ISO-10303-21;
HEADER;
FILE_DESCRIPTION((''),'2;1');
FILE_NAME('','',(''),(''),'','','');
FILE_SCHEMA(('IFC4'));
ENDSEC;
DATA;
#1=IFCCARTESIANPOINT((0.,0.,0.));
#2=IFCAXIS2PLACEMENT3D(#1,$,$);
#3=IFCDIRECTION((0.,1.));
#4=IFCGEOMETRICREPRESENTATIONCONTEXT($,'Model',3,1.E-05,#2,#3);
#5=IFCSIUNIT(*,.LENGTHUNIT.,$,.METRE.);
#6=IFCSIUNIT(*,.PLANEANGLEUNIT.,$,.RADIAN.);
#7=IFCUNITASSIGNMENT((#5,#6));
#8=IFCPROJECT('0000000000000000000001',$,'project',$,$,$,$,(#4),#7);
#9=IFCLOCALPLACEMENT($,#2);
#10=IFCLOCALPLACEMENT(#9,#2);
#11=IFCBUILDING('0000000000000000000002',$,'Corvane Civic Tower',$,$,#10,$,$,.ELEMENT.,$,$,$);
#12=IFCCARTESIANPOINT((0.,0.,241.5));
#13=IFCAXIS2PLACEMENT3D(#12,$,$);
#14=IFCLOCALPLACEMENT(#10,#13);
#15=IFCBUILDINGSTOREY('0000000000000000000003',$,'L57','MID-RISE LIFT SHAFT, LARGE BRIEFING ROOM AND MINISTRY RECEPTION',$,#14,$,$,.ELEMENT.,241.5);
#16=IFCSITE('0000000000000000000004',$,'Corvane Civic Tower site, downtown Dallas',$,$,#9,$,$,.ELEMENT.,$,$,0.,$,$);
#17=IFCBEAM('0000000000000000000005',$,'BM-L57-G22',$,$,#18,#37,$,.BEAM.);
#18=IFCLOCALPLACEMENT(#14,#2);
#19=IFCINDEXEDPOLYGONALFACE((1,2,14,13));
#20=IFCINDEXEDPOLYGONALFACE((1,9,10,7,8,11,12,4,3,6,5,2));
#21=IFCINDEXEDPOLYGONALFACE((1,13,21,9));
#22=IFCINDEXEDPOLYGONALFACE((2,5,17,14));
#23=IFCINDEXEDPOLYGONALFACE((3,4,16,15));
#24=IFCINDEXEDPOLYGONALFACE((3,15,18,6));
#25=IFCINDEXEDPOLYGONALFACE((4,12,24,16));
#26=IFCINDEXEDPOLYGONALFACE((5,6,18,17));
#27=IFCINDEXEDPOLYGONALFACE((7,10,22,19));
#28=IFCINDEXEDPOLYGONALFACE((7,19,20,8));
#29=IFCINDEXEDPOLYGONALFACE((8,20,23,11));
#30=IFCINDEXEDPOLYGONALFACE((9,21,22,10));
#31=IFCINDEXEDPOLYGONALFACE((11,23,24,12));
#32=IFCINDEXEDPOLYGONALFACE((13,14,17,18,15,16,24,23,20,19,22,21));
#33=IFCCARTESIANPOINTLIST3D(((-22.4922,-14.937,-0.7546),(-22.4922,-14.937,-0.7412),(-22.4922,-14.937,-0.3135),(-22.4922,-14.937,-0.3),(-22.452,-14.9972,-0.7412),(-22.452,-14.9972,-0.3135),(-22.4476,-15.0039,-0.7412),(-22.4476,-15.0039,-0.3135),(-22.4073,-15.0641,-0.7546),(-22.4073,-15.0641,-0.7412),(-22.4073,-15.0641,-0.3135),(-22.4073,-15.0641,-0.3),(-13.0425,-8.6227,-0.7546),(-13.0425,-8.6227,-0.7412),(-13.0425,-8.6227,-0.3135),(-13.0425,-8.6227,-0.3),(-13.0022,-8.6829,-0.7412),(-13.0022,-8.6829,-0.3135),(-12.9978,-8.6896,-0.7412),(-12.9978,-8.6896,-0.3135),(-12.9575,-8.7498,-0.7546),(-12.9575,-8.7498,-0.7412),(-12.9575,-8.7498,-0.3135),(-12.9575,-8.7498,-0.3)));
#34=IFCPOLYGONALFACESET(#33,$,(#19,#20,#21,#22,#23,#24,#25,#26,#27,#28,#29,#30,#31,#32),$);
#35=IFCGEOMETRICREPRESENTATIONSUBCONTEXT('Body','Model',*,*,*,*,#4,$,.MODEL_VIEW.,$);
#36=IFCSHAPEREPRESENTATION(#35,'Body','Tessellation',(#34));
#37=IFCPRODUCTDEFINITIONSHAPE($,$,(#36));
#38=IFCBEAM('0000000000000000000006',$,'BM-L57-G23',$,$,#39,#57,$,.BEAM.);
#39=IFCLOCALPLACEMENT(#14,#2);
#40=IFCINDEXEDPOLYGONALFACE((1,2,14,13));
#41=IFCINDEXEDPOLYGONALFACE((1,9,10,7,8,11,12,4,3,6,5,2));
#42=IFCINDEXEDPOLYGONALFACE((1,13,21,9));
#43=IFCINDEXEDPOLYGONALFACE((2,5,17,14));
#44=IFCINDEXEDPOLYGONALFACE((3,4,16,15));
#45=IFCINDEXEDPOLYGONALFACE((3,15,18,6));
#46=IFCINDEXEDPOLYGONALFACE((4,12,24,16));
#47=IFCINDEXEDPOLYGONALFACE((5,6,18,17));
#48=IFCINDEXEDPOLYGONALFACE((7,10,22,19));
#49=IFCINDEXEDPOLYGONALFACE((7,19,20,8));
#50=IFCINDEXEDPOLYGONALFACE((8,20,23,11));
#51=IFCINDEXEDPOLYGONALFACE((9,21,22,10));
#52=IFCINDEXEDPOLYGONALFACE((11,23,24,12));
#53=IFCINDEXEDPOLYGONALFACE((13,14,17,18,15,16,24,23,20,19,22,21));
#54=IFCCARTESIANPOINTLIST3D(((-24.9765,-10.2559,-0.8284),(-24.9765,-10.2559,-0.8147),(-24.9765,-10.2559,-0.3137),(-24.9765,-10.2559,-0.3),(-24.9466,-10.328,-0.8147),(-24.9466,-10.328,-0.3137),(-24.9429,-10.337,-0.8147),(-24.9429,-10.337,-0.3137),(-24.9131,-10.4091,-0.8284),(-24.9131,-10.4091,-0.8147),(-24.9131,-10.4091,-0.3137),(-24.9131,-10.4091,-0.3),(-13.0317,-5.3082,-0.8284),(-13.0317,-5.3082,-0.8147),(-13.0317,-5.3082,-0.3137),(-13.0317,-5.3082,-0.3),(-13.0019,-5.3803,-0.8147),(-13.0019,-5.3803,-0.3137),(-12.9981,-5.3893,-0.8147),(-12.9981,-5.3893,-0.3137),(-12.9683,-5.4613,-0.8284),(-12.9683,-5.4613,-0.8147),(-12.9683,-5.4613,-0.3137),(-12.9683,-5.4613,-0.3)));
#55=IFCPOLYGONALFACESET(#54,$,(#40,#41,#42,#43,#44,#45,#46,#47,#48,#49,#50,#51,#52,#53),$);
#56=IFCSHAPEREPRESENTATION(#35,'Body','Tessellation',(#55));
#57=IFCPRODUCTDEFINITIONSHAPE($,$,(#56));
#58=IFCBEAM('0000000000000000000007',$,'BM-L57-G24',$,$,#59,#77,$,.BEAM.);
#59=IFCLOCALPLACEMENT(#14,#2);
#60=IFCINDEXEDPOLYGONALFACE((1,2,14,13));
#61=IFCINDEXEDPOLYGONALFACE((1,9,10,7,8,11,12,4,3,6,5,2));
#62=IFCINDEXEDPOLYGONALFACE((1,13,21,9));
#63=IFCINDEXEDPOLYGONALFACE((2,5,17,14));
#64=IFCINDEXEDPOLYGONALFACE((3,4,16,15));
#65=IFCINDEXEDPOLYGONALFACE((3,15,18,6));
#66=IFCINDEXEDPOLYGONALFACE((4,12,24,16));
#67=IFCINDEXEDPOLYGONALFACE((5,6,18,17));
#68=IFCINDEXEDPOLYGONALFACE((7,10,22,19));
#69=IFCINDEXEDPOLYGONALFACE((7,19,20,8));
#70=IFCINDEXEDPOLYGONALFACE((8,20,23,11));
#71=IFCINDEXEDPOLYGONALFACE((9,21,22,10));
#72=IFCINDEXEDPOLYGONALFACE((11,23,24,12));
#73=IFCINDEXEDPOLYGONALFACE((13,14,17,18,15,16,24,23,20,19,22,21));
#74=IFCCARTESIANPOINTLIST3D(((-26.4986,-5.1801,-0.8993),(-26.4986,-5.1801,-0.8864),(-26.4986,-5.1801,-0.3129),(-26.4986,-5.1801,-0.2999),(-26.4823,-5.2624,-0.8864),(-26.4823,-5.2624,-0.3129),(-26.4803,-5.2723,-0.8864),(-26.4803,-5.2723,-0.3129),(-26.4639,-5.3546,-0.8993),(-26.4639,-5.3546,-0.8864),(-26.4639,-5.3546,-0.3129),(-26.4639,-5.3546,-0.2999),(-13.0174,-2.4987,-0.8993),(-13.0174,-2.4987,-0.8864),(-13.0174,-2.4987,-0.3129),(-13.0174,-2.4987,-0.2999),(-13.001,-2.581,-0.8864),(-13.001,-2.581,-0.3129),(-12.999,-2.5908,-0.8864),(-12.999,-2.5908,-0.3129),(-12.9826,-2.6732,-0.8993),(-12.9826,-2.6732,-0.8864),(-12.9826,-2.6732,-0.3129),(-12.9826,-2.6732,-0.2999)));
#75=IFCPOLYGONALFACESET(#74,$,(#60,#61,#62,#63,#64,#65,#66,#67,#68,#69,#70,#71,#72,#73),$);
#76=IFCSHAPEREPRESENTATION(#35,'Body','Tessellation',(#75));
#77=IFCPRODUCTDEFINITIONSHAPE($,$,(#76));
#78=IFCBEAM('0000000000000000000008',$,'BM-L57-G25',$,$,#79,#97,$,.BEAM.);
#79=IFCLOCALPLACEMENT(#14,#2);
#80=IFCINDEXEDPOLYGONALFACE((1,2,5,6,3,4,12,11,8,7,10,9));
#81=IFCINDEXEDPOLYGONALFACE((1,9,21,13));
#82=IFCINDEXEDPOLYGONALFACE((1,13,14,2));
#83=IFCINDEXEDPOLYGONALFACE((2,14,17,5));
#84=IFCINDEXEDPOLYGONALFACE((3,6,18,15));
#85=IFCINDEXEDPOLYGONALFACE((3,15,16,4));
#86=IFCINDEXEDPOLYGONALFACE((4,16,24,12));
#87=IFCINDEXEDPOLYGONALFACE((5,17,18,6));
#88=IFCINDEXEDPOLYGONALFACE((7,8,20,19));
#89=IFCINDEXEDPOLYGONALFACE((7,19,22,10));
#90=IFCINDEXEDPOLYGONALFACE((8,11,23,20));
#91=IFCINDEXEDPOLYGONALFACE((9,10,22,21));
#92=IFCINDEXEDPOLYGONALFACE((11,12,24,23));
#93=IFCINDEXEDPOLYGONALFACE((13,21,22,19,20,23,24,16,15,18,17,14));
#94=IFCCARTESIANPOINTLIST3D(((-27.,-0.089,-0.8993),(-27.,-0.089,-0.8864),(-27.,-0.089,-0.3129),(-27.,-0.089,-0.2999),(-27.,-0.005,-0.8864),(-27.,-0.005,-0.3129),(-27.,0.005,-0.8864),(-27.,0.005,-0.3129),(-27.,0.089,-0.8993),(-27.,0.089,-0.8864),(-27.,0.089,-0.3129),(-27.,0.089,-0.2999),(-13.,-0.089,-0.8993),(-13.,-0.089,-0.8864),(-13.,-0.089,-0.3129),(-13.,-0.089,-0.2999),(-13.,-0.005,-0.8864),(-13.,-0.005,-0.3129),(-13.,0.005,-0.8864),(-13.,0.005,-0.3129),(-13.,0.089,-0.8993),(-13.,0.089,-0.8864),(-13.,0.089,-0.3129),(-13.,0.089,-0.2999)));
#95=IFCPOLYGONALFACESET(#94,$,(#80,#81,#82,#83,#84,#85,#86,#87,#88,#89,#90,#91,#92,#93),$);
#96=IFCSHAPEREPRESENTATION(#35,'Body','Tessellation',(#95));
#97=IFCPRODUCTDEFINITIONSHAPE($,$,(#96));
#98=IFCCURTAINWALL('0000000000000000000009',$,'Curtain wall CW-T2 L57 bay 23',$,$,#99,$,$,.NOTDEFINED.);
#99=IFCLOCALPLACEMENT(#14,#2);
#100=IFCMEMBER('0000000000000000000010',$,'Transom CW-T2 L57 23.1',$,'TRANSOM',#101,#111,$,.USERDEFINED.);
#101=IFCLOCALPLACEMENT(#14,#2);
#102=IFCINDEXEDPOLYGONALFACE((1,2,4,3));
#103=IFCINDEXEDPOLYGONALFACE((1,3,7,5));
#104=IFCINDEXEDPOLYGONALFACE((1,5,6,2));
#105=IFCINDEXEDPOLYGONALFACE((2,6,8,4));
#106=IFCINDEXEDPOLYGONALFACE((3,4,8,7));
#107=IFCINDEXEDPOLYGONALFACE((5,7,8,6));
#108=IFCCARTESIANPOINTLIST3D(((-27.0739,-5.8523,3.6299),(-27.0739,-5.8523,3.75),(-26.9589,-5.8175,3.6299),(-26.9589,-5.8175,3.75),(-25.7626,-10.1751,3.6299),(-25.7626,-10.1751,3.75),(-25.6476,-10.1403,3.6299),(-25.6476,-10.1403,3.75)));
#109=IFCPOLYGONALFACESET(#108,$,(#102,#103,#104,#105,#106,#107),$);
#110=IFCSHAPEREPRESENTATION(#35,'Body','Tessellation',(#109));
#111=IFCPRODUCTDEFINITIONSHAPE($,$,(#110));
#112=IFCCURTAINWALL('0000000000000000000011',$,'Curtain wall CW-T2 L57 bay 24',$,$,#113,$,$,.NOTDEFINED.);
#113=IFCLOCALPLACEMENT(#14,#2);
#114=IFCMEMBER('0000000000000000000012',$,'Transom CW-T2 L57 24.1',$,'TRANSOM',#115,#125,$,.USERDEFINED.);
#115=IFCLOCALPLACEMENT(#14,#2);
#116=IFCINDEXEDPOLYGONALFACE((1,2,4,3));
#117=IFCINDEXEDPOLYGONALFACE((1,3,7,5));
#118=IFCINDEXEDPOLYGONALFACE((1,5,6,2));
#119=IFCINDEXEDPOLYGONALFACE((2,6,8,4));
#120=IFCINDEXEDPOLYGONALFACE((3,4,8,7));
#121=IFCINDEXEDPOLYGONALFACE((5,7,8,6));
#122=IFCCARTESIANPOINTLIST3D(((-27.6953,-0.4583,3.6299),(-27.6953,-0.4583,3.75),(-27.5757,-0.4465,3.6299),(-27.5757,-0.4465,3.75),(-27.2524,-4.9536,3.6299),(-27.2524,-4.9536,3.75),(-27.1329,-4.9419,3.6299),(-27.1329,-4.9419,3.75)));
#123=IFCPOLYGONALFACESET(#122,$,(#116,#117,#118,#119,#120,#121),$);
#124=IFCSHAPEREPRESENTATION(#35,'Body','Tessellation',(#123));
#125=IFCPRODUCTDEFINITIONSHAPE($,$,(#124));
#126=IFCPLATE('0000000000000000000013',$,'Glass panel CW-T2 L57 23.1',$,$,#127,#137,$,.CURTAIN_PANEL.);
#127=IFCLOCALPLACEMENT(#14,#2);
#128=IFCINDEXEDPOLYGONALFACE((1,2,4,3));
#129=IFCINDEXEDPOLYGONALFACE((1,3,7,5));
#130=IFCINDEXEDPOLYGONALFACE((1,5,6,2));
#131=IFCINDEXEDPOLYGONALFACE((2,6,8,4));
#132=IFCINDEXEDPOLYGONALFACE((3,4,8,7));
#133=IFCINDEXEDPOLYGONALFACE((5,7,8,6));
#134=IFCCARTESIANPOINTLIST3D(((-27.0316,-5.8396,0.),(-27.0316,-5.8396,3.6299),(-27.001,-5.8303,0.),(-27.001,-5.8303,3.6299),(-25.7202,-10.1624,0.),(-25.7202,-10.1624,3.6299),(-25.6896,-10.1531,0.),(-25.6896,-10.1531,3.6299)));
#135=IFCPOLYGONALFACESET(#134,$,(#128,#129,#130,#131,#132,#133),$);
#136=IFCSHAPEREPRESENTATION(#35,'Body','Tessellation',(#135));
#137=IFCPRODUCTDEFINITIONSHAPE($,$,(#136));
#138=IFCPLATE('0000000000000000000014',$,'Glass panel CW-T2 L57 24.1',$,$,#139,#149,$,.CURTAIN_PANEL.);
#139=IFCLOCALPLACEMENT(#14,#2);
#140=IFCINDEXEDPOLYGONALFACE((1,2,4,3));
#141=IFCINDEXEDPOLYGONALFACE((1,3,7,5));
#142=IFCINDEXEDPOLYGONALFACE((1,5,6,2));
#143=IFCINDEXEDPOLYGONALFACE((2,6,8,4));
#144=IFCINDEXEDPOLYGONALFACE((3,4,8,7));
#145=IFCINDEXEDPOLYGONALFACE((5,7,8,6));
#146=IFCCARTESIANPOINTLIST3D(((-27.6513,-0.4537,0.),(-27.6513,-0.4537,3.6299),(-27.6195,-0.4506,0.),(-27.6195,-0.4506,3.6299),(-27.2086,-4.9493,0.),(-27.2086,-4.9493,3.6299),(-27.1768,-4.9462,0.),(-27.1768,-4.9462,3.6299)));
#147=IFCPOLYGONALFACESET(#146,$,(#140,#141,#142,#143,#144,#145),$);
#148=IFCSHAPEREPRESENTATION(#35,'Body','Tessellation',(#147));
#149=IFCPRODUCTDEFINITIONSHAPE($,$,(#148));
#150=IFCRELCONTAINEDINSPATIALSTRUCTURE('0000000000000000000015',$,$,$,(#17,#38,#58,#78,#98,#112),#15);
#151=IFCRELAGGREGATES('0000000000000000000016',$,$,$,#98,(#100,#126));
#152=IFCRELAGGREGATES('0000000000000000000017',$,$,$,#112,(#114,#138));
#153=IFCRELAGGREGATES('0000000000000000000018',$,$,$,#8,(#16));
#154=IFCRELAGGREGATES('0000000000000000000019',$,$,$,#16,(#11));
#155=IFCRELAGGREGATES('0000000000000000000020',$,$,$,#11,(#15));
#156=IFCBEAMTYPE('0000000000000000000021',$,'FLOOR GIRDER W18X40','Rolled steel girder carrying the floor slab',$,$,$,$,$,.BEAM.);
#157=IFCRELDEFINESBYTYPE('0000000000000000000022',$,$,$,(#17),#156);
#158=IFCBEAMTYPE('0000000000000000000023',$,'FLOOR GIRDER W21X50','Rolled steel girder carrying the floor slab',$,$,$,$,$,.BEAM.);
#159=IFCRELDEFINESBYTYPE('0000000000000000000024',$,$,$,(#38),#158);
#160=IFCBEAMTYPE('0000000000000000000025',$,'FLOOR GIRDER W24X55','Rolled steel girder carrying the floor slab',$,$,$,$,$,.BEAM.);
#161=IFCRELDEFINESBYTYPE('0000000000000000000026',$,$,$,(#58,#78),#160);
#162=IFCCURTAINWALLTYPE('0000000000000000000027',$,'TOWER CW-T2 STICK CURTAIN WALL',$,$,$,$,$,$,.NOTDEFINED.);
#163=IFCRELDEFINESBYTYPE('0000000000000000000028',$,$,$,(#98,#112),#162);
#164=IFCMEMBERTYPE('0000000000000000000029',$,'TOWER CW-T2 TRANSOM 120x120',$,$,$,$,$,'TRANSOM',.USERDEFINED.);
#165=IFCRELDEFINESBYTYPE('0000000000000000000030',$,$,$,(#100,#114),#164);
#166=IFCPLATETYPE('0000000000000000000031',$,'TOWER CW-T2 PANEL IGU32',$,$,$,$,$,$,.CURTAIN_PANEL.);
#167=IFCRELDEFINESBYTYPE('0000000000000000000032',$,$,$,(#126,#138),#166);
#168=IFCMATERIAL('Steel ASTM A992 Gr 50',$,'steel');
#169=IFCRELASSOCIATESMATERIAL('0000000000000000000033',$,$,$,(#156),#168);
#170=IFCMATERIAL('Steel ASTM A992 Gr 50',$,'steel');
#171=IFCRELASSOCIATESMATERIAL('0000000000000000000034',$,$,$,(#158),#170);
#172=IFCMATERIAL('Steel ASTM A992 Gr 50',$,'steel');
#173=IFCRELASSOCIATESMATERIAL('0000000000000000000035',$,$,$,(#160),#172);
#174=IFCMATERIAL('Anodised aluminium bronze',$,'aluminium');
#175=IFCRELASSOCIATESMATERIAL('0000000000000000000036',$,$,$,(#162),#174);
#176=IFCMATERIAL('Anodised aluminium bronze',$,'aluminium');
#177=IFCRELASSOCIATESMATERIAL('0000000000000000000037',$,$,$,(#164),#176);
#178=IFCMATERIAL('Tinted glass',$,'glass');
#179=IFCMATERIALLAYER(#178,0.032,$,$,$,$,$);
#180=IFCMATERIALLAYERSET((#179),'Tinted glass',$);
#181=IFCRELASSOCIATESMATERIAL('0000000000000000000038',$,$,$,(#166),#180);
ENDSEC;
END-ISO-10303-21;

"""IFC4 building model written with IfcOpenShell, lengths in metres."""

from ifc_helpers import new_model, si_unit, direction, frame, origin, origin_2d, place, context, subcontext, project, spatial, rectangle, i_section, extrude, material, layer, layer_set, material_profile, profile_set, type_object, element, aggregate, save


model = new_model("IFC4")

# Units and contexts
model_context = context("Model", 3, precision=1e-05, world=origin(), true_north=direction((0.0, 1.0)))
body_context = subcontext(model_context, "Body", "Model", "MODEL_VIEW")
ifc_project = project(units=[si_unit("LENGTHUNIT", "METRE"), si_unit("PLANEANGLEUNIT", "RADIAN")], contexts=[model_context])

# Site, building, storey
site_placement = place(None, origin())
site = spatial("IfcSite", under=ifc_project, at=site_placement, Name="Corvane Civic Tower site, downtown Dallas", CompositionType="ELEMENT", RefElevation=0.0)
building_placement = place(site_placement, origin())
building = spatial("IfcBuilding", under=site, at=building_placement, Name="Corvane Civic Tower", CompositionType="ELEMENT")
storey_placement = place(building_placement, frame((0.0, 0.0, 241.5)))
storey = spatial("IfcBuildingStorey", under=building, at=storey_placement, Name="L57", Description="MID-RISE LIFT SHAFT, LARGE BRIEFING ROOM AND MINISTRY RECEPTION", CompositionType="ELEMENT", Elevation=241.5)

# Beams
ifc_material_1 = material(Name="Steel ASTM A992 Gr 50", Category="steel")
ifc_material_profile_1 = material_profile(ifc_material_1, i_section(OverallWidth=0.1528, OverallDepth=0.4546, WebThickness=0.0081, FlangeThickness=0.0134, at=origin_2d()), Name="W18X40")
ifc_profile_set_1 = profile_set([ifc_material_profile_1], Name="Steel ASTM A992 Gr 50")
beam_type_1 = type_object("IfcBeamType", Name="FLOOR GIRDER W18X40", Description="Rolled steel girder carrying the floor slab", PredefinedType="BEAM", material=ifc_profile_set_1)
beam_1_placement = place(storey_placement, frame((-13.0, -8.6863, -0.5273), z_axis=(-0.831465, -0.555577, 0.0), x_axis=(0.555577, -0.831465, 0.0)))
element("IfcBeam", 1, at=beam_1_placement, inside=storey, type_object=beam_type_1, Name="BM-L57-G22", PredefinedType="BEAM", context=body_context, shape_type="SweptSolid", body=[
    extrude(i_section(OverallWidth=0.1528, OverallDepth=0.4546, WebThickness=0.0081, FlangeThickness=0.0134, at=origin_2d()), origin(), (0.0, 0.0, 1.0), 11.3652),
])
ifc_material_2 = material(Name="Steel ASTM A992 Gr 50", Category="steel")
ifc_material_profile_2 = material_profile(ifc_material_2, i_section(OverallWidth=0.1658, OverallDepth=0.5283, WebThickness=0.0098, FlangeThickness=0.0137, at=origin_2d()), Name="W21X50")
ifc_profile_set_2 = profile_set([ifc_material_profile_2], Name="Steel ASTM A992 Gr 50")
beam_type_2 = type_object("IfcBeamType", Name="FLOOR GIRDER W21X50", Description="Rolled steel girder carrying the floor slab", PredefinedType="BEAM", material=ifc_profile_set_2)
beam_2_placement = place(storey_placement, frame((-13.0, -5.3848, -0.5642), z_axis=(-0.923878, -0.382686, 0.0), x_axis=(0.382686, -0.923878, 0.0)))
element("IfcBeam", 2, at=beam_2_placement, inside=storey, type_object=beam_type_2, Name="BM-L57-G23", PredefinedType="BEAM", context=body_context, shape_type="SweptSolid", body=[
    extrude(i_section(OverallWidth=0.1658, OverallDepth=0.5283, WebThickness=0.0098, FlangeThickness=0.0137, at=origin_2d()), origin(), (0.0, 0.0, 1.0), 12.929),
])
ifc_material_3 = material(Name="Steel ASTM A992 Gr 50", Category="steel")
ifc_material_profile_3 = material_profile(ifc_material_3, i_section(OverallWidth=0.178, OverallDepth=0.5994, WebThickness=0.01, FlangeThickness=0.0129, at=origin_2d()), Name="W24X55")
ifc_profile_set_3 = profile_set([ifc_material_profile_3], Name="Steel ASTM A992 Gr 50")
beam_type_3 = type_object("IfcBeamType", Name="FLOOR GIRDER W24X55", Description="Rolled steel girder carrying the floor slab", PredefinedType="BEAM", material=ifc_profile_set_3)
beam_3_placement = place(storey_placement, frame((-13.0, -2.5859, -0.5996), z_axis=(-0.980788, -0.195078, 0.0), x_axis=(0.195078, -0.980788, 0.0)))
element("IfcBeam", 3, at=beam_3_placement, inside=storey, type_object=beam_type_3, Name="BM-L57-G24", PredefinedType="BEAM", context=body_context, shape_type="SweptSolid", body=[
    extrude(i_section(OverallWidth=0.178, OverallDepth=0.5994, WebThickness=0.01, FlangeThickness=0.0129, at=origin_2d()), origin(), (0.0, 0.0, 1.0), 13.7454),
])
beam_4_placement = place(storey_placement, frame((-13.0, 0.0, -0.5996), z_axis=(-1.0, 0.0, 0.0), x_axis=(0.0, -1.0, 0.0)))
element("IfcBeam", 4, at=beam_4_placement, inside=storey, type_object=beam_type_3, Name="BM-L57-G25", PredefinedType="BEAM", context=body_context, shape_type="SweptSolid", body=[
    extrude(i_section(OverallWidth=0.178, OverallDepth=0.5994, WebThickness=0.01, FlangeThickness=0.0129, at=origin_2d()), origin(), (0.0, 0.0, 1.0), 14.0),
])

# Curtain walls, members
ifc_material_4 = material(Name="Anodised aluminium bronze", Category="aluminium")
curtain_wall_type = type_object("IfcCurtainWallType", Name="TOWER CW-T2 STICK CURTAIN WALL", PredefinedType="NOTDEFINED", material=ifc_material_4)
curtain_wall_1_placement = place(storey_placement, origin())
curtain_wall_1 = element("IfcCurtainWall", 5, at=curtain_wall_1_placement, inside=storey, type_object=curtain_wall_type, Name="Curtain wall CW-T2 L57 bay 23", PredefinedType="NOTDEFINED")
ifc_material_5 = material(Name="Anodised aluminium bronze", Category="aluminium")
ifc_material_profile_4 = material_profile(ifc_material_5, rectangle(XDim=0.1201, YDim=0.1201, at=origin_2d()), Name="TOWER CW-T2 TRANSOM 120x120")
ifc_profile_set_4 = profile_set([ifc_material_profile_4], Name="Anodised aluminium bronze")
member_type = type_object("IfcMemberType", Name="TOWER CW-T2 TRANSOM 120x120", ElementType="TRANSOM", PredefinedType="USERDEFINED", material=ifc_profile_set_4)
member_1_placement = place(storey_placement, frame((-25.7051, -10.1577, 3.6899), z_axis=(-0.290282, 0.956941, 0.0), x_axis=(-0.956941, -0.290282, 0.0)))
member_1 = element("IfcMember", 6, at=member_1_placement, type_object=member_type, Name="Transom CW-T2 L57 23.1", ObjectType="TRANSOM", PredefinedType="USERDEFINED", context=body_context, shape_type="SweptSolid", body=[
    extrude(rectangle(XDim=0.1201, YDim=0.1201, at=origin_2d()), origin(), (0.0, 0.0, 1.0), 4.5173),
])
curtain_wall_2_placement = place(storey_placement, origin())
curtain_wall_2 = element("IfcCurtainWall", 7, at=curtain_wall_2_placement, inside=storey, type_object=curtain_wall_type, Name="Curtain wall CW-T2 L57 bay 24", PredefinedType="NOTDEFINED")
member_2_placement = place(storey_placement, frame((-27.1926, -4.9478, 3.6899), z_axis=(-0.098043, 0.995182, 0.0), x_axis=(-0.995182, -0.098043, 0.0)))
member_2 = element("IfcMember", 8, at=member_2_placement, type_object=member_type, Name="Transom CW-T2 L57 24.1", ObjectType="TRANSOM", PredefinedType="USERDEFINED", context=body_context, shape_type="SweptSolid", body=[
    extrude(rectangle(XDim=0.1201, YDim=0.1201, at=origin_2d()), origin(), (0.0, 0.0, 1.0), 4.5171),
])

# Plates
ifc_material_6 = material(Name="Tinted glass", Category="glass")
ifc_layer_1 = layer(ifc_material_6, 0.032)
ifc_layer_set_1 = layer_set([ifc_layer_1], Name="Tinted glass")
plate_type = type_object("IfcPlateType", Name="TOWER CW-T2 PANEL IGU32", PredefinedType="CURTAIN_PANEL", material=ifc_layer_set_1)
plate_1_placement = place(storey_placement, frame((-26.3606, -7.9963, 0.0), z_axis=(0.0, 0.0, 1.0), x_axis=(-0.29029, 0.956939, 0.0)))
plate_1 = element("IfcPlate", 9, at=plate_1_placement, type_object=plate_type, Name="Glass panel CW-T2 L57 23.1", PredefinedType="CURTAIN_PANEL", context=body_context, shape_type="SweptSolid", body=[
    extrude(rectangle(XDim=4.5173, YDim=0.032, at=origin_2d()), origin(), (0.0, 0.0, 1.0), 3.6299),
])
aggregate(curtain_wall_1, [member_1, plate_1])
plate_2_placement = place(storey_placement, frame((-27.4141, -2.7, 0.0), z_axis=(0.0, 0.0, 1.0), x_axis=(-0.097993, 0.995187, 0.0)))
plate_2 = element("IfcPlate", 10, at=plate_2_placement, type_object=plate_type, Name="Glass panel CW-T2 L57 24.1", PredefinedType="CURTAIN_PANEL", context=body_context, shape_type="SweptSolid", body=[
    extrude(rectangle(XDim=4.5173, YDim=0.032, at=origin_2d()), origin(), (0.0, 0.0, 1.0), 3.6299),
])
aggregate(curtain_wall_2, [member_2, plate_2])

save(model, "model.ifc")
